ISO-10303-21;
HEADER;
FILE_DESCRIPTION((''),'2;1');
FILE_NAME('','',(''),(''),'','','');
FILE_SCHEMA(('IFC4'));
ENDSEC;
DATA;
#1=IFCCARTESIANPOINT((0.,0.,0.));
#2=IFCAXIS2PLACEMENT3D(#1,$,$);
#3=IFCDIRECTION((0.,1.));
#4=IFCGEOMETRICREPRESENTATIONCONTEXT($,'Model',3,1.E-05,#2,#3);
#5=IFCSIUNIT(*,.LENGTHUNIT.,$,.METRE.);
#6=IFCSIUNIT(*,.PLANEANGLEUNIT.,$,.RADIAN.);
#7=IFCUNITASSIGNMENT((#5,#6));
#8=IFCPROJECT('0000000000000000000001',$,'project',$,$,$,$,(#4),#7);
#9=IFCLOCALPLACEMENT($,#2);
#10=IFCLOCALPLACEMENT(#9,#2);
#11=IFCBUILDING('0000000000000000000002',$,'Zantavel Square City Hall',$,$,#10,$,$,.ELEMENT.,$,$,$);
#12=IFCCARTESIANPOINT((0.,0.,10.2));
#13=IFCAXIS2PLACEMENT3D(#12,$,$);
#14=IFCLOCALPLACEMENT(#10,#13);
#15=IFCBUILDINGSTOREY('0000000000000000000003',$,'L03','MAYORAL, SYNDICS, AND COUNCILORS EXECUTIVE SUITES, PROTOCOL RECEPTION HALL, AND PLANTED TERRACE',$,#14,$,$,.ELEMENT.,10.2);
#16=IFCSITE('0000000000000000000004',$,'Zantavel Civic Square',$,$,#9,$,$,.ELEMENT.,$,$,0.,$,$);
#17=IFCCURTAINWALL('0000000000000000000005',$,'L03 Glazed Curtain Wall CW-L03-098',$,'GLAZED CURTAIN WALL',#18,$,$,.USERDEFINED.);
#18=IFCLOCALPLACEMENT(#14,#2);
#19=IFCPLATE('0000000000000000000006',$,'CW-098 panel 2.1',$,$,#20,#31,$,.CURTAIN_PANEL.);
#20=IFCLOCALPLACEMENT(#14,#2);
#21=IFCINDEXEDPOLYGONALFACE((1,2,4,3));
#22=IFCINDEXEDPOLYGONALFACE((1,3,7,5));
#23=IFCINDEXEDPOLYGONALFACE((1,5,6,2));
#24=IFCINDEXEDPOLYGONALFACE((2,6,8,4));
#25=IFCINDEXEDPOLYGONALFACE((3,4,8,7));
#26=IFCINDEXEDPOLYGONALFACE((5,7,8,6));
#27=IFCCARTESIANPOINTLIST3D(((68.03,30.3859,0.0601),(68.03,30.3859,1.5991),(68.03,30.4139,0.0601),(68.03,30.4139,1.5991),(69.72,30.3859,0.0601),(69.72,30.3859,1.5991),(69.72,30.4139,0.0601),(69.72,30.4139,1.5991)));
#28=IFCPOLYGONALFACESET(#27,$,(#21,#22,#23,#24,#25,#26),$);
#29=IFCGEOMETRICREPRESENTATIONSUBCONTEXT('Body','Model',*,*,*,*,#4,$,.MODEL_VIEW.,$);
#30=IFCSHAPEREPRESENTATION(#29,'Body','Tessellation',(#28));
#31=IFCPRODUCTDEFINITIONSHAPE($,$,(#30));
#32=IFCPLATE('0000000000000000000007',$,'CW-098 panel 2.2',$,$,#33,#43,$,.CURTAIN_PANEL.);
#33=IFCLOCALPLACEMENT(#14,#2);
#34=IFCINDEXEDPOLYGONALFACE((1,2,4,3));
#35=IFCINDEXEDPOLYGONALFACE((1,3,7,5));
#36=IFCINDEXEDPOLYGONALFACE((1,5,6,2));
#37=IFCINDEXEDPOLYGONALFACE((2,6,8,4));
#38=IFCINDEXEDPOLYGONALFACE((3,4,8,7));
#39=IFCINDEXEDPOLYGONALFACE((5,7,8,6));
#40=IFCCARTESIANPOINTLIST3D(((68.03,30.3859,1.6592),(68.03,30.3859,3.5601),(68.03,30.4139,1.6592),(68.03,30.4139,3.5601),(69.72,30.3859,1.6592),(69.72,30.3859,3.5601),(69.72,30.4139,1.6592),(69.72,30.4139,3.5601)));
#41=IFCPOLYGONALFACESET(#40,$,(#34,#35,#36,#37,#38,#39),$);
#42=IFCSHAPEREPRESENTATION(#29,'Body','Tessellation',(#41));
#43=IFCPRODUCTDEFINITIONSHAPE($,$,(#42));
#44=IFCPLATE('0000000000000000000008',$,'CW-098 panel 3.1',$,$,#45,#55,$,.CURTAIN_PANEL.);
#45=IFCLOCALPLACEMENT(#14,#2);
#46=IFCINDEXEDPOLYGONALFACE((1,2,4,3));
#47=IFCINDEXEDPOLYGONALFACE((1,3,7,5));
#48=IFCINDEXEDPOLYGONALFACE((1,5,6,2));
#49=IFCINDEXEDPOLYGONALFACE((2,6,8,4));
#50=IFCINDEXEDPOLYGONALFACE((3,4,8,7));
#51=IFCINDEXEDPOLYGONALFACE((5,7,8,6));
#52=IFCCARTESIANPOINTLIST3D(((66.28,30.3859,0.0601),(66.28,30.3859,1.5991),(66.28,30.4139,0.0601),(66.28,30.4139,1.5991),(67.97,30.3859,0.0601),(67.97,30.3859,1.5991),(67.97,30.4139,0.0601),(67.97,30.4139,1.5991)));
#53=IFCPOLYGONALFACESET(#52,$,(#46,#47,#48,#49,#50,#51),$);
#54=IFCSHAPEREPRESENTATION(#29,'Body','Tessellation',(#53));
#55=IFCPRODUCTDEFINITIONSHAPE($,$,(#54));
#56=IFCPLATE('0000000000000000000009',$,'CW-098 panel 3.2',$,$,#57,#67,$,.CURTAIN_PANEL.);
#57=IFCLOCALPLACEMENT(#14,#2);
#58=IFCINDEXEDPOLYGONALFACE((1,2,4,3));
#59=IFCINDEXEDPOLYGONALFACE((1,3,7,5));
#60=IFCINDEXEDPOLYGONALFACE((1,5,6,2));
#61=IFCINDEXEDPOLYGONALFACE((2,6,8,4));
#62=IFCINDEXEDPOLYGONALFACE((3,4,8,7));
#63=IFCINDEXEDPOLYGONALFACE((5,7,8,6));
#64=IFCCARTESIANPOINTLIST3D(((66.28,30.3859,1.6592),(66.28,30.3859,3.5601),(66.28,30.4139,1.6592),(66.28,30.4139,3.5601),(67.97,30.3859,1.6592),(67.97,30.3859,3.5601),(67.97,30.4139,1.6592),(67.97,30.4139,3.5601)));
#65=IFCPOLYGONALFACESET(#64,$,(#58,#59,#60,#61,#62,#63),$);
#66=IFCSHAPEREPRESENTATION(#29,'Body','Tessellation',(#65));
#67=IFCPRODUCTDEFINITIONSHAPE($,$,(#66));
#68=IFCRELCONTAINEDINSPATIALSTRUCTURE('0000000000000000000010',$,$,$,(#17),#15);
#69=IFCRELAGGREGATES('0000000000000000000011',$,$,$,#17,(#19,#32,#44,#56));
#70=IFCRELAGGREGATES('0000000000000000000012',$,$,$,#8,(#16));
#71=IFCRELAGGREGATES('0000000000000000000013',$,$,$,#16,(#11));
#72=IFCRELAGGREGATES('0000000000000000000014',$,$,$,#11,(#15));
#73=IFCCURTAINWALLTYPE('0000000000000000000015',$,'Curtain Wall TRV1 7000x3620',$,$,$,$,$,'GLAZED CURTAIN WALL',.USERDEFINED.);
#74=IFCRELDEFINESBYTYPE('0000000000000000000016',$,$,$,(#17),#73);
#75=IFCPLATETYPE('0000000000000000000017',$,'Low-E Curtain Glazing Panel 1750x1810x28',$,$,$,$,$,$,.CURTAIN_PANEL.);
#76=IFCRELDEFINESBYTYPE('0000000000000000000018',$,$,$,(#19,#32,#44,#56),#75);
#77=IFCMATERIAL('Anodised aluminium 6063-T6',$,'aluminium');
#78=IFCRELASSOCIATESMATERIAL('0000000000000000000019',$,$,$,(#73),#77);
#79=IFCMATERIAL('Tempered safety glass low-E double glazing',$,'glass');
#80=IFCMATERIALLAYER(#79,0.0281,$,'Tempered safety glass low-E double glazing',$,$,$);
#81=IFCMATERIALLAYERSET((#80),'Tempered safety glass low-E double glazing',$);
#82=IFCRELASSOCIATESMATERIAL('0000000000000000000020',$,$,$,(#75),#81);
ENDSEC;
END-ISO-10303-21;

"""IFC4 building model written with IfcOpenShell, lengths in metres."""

from ifc_helpers import new_model, si_unit, direction, frame, origin, origin_2d, place, context, subcontext, project, spatial, rectangle, extrude, material, layer, layer_set, type_object, element, aggregate, save


model = new_model("IFC4")

# Units and contexts
model_context = context("Model", 3, precision=1e-05, world=origin(), true_north=direction((0.0, 1.0)))
body_context = subcontext(model_context, "Body", "Model", "MODEL_VIEW")
ifc_project = project(units=[si_unit("LENGTHUNIT", "METRE"), si_unit("PLANEANGLEUNIT", "RADIAN")], contexts=[model_context])

# Site, building, storey
site_placement = place(None, origin())
site = spatial("IfcSite", under=ifc_project, at=site_placement, Name="Zantavel Civic Square", CompositionType="ELEMENT", RefElevation=0.0)
building_placement = place(site_placement, origin())
building = spatial("IfcBuilding", under=site, at=building_placement, Name="Zantavel Square City Hall", CompositionType="ELEMENT")
storey_placement = place(building_placement, frame((0.0, 0.0, 10.2)))
storey = spatial("IfcBuildingStorey", under=building, at=storey_placement, Name="L03", Description="MAYORAL, SYNDICS, AND COUNCILORS EXECUTIVE SUITES, PROTOCOL RECEPTION HALL, AND PLANTED TERRACE", CompositionType="ELEMENT", Elevation=10.2)

# Curtain wall
ifc_material_1 = material(Name="Anodised aluminium 6063-T6", Category="aluminium")
curtain_wall_type = type_object("IfcCurtainWallType", Name="Curtain Wall TRV1 7000x3620", ElementType="GLAZED CURTAIN WALL", PredefinedType="USERDEFINED", material=ifc_material_1)
curtain_wall_placement = place(storey_placement, origin())
curtain_wall = element("IfcCurtainWall", 1, at=curtain_wall_placement, inside=storey, type_object=curtain_wall_type, Name="L03 Glazed Curtain Wall CW-L03-098", ObjectType="GLAZED CURTAIN WALL", PredefinedType="USERDEFINED")

# Plates
ifc_material_2 = material(Name="Tempered safety glass low-E double glazing", Category="glass")
ifc_layer_1 = layer(ifc_material_2, 0.0281, Name="Tempered safety glass low-E double glazing")
ifc_layer_set_1 = layer_set([ifc_layer_1], Name="Tempered safety glass low-E double glazing")
plate_type = type_object("IfcPlateType", Name="Low-E Curtain Glazing Panel 1750x1810x28", PredefinedType="CURTAIN_PANEL", material=ifc_layer_set_1)
plate_1_placement = place(storey_placement, frame((68.875, 30.3999, 0.0601), z_axis=(0.0, 0.0, 1.0), x_axis=(-1.0, 0.0, 0.0)))
plate_1 = element("IfcPlate", 2, at=plate_1_placement, type_object=plate_type, Name="CW-098 panel 2.1", PredefinedType="CURTAIN_PANEL", context=body_context, shape_type="SweptSolid", body=[
    extrude(rectangle(XDim=1.6899, YDim=0.0281, at=origin_2d()), origin(), (0.0, 0.0, 1.0), 1.5391),
])
plate_2_placement = place(storey_placement, frame((68.875, 30.3999, 1.6592), z_axis=(0.0, 0.0, 1.0), x_axis=(-1.0, 0.0, 0.0)))
plate_2 = element("IfcPlate", 3, at=plate_2_placement, type_object=plate_type, Name="CW-098 panel 2.2", PredefinedType="CURTAIN_PANEL", context=body_context, shape_type="SweptSolid", body=[
    extrude(rectangle(XDim=1.6899, YDim=0.0281, at=origin_2d()), origin(), (0.0, 0.0, 1.0), 1.9009),
])
plate_3_placement = place(storey_placement, frame((67.125, 30.3999, 0.0601), z_axis=(0.0, 0.0, 1.0), x_axis=(-1.0, 0.0, 0.0)))
plate_3 = element("IfcPlate", 4, at=plate_3_placement, type_object=plate_type, Name="CW-098 panel 3.1", PredefinedType="CURTAIN_PANEL", context=body_context, shape_type="SweptSolid", body=[
    extrude(rectangle(XDim=1.6899, YDim=0.0281, at=origin_2d()), origin(), (0.0, 0.0, 1.0), 1.5391),
])
plate_4_placement = place(storey_placement, frame((67.125, 30.3999, 1.6592), z_axis=(0.0, 0.0, 1.0), x_axis=(-1.0, 0.0, 0.0)))
plate_4 = element("IfcPlate", 5, at=plate_4_placement, type_object=plate_type, Name="CW-098 panel 3.2", PredefinedType="CURTAIN_PANEL", context=body_context, shape_type="SweptSolid", body=[
    extrude(rectangle(XDim=1.6899, YDim=0.0281, at=origin_2d()), origin(), (0.0, 0.0, 1.0), 1.9009),
])
aggregate(curtain_wall, [plate_1, plate_2, plate_3, plate_4])

save(model, "model.ifc")
